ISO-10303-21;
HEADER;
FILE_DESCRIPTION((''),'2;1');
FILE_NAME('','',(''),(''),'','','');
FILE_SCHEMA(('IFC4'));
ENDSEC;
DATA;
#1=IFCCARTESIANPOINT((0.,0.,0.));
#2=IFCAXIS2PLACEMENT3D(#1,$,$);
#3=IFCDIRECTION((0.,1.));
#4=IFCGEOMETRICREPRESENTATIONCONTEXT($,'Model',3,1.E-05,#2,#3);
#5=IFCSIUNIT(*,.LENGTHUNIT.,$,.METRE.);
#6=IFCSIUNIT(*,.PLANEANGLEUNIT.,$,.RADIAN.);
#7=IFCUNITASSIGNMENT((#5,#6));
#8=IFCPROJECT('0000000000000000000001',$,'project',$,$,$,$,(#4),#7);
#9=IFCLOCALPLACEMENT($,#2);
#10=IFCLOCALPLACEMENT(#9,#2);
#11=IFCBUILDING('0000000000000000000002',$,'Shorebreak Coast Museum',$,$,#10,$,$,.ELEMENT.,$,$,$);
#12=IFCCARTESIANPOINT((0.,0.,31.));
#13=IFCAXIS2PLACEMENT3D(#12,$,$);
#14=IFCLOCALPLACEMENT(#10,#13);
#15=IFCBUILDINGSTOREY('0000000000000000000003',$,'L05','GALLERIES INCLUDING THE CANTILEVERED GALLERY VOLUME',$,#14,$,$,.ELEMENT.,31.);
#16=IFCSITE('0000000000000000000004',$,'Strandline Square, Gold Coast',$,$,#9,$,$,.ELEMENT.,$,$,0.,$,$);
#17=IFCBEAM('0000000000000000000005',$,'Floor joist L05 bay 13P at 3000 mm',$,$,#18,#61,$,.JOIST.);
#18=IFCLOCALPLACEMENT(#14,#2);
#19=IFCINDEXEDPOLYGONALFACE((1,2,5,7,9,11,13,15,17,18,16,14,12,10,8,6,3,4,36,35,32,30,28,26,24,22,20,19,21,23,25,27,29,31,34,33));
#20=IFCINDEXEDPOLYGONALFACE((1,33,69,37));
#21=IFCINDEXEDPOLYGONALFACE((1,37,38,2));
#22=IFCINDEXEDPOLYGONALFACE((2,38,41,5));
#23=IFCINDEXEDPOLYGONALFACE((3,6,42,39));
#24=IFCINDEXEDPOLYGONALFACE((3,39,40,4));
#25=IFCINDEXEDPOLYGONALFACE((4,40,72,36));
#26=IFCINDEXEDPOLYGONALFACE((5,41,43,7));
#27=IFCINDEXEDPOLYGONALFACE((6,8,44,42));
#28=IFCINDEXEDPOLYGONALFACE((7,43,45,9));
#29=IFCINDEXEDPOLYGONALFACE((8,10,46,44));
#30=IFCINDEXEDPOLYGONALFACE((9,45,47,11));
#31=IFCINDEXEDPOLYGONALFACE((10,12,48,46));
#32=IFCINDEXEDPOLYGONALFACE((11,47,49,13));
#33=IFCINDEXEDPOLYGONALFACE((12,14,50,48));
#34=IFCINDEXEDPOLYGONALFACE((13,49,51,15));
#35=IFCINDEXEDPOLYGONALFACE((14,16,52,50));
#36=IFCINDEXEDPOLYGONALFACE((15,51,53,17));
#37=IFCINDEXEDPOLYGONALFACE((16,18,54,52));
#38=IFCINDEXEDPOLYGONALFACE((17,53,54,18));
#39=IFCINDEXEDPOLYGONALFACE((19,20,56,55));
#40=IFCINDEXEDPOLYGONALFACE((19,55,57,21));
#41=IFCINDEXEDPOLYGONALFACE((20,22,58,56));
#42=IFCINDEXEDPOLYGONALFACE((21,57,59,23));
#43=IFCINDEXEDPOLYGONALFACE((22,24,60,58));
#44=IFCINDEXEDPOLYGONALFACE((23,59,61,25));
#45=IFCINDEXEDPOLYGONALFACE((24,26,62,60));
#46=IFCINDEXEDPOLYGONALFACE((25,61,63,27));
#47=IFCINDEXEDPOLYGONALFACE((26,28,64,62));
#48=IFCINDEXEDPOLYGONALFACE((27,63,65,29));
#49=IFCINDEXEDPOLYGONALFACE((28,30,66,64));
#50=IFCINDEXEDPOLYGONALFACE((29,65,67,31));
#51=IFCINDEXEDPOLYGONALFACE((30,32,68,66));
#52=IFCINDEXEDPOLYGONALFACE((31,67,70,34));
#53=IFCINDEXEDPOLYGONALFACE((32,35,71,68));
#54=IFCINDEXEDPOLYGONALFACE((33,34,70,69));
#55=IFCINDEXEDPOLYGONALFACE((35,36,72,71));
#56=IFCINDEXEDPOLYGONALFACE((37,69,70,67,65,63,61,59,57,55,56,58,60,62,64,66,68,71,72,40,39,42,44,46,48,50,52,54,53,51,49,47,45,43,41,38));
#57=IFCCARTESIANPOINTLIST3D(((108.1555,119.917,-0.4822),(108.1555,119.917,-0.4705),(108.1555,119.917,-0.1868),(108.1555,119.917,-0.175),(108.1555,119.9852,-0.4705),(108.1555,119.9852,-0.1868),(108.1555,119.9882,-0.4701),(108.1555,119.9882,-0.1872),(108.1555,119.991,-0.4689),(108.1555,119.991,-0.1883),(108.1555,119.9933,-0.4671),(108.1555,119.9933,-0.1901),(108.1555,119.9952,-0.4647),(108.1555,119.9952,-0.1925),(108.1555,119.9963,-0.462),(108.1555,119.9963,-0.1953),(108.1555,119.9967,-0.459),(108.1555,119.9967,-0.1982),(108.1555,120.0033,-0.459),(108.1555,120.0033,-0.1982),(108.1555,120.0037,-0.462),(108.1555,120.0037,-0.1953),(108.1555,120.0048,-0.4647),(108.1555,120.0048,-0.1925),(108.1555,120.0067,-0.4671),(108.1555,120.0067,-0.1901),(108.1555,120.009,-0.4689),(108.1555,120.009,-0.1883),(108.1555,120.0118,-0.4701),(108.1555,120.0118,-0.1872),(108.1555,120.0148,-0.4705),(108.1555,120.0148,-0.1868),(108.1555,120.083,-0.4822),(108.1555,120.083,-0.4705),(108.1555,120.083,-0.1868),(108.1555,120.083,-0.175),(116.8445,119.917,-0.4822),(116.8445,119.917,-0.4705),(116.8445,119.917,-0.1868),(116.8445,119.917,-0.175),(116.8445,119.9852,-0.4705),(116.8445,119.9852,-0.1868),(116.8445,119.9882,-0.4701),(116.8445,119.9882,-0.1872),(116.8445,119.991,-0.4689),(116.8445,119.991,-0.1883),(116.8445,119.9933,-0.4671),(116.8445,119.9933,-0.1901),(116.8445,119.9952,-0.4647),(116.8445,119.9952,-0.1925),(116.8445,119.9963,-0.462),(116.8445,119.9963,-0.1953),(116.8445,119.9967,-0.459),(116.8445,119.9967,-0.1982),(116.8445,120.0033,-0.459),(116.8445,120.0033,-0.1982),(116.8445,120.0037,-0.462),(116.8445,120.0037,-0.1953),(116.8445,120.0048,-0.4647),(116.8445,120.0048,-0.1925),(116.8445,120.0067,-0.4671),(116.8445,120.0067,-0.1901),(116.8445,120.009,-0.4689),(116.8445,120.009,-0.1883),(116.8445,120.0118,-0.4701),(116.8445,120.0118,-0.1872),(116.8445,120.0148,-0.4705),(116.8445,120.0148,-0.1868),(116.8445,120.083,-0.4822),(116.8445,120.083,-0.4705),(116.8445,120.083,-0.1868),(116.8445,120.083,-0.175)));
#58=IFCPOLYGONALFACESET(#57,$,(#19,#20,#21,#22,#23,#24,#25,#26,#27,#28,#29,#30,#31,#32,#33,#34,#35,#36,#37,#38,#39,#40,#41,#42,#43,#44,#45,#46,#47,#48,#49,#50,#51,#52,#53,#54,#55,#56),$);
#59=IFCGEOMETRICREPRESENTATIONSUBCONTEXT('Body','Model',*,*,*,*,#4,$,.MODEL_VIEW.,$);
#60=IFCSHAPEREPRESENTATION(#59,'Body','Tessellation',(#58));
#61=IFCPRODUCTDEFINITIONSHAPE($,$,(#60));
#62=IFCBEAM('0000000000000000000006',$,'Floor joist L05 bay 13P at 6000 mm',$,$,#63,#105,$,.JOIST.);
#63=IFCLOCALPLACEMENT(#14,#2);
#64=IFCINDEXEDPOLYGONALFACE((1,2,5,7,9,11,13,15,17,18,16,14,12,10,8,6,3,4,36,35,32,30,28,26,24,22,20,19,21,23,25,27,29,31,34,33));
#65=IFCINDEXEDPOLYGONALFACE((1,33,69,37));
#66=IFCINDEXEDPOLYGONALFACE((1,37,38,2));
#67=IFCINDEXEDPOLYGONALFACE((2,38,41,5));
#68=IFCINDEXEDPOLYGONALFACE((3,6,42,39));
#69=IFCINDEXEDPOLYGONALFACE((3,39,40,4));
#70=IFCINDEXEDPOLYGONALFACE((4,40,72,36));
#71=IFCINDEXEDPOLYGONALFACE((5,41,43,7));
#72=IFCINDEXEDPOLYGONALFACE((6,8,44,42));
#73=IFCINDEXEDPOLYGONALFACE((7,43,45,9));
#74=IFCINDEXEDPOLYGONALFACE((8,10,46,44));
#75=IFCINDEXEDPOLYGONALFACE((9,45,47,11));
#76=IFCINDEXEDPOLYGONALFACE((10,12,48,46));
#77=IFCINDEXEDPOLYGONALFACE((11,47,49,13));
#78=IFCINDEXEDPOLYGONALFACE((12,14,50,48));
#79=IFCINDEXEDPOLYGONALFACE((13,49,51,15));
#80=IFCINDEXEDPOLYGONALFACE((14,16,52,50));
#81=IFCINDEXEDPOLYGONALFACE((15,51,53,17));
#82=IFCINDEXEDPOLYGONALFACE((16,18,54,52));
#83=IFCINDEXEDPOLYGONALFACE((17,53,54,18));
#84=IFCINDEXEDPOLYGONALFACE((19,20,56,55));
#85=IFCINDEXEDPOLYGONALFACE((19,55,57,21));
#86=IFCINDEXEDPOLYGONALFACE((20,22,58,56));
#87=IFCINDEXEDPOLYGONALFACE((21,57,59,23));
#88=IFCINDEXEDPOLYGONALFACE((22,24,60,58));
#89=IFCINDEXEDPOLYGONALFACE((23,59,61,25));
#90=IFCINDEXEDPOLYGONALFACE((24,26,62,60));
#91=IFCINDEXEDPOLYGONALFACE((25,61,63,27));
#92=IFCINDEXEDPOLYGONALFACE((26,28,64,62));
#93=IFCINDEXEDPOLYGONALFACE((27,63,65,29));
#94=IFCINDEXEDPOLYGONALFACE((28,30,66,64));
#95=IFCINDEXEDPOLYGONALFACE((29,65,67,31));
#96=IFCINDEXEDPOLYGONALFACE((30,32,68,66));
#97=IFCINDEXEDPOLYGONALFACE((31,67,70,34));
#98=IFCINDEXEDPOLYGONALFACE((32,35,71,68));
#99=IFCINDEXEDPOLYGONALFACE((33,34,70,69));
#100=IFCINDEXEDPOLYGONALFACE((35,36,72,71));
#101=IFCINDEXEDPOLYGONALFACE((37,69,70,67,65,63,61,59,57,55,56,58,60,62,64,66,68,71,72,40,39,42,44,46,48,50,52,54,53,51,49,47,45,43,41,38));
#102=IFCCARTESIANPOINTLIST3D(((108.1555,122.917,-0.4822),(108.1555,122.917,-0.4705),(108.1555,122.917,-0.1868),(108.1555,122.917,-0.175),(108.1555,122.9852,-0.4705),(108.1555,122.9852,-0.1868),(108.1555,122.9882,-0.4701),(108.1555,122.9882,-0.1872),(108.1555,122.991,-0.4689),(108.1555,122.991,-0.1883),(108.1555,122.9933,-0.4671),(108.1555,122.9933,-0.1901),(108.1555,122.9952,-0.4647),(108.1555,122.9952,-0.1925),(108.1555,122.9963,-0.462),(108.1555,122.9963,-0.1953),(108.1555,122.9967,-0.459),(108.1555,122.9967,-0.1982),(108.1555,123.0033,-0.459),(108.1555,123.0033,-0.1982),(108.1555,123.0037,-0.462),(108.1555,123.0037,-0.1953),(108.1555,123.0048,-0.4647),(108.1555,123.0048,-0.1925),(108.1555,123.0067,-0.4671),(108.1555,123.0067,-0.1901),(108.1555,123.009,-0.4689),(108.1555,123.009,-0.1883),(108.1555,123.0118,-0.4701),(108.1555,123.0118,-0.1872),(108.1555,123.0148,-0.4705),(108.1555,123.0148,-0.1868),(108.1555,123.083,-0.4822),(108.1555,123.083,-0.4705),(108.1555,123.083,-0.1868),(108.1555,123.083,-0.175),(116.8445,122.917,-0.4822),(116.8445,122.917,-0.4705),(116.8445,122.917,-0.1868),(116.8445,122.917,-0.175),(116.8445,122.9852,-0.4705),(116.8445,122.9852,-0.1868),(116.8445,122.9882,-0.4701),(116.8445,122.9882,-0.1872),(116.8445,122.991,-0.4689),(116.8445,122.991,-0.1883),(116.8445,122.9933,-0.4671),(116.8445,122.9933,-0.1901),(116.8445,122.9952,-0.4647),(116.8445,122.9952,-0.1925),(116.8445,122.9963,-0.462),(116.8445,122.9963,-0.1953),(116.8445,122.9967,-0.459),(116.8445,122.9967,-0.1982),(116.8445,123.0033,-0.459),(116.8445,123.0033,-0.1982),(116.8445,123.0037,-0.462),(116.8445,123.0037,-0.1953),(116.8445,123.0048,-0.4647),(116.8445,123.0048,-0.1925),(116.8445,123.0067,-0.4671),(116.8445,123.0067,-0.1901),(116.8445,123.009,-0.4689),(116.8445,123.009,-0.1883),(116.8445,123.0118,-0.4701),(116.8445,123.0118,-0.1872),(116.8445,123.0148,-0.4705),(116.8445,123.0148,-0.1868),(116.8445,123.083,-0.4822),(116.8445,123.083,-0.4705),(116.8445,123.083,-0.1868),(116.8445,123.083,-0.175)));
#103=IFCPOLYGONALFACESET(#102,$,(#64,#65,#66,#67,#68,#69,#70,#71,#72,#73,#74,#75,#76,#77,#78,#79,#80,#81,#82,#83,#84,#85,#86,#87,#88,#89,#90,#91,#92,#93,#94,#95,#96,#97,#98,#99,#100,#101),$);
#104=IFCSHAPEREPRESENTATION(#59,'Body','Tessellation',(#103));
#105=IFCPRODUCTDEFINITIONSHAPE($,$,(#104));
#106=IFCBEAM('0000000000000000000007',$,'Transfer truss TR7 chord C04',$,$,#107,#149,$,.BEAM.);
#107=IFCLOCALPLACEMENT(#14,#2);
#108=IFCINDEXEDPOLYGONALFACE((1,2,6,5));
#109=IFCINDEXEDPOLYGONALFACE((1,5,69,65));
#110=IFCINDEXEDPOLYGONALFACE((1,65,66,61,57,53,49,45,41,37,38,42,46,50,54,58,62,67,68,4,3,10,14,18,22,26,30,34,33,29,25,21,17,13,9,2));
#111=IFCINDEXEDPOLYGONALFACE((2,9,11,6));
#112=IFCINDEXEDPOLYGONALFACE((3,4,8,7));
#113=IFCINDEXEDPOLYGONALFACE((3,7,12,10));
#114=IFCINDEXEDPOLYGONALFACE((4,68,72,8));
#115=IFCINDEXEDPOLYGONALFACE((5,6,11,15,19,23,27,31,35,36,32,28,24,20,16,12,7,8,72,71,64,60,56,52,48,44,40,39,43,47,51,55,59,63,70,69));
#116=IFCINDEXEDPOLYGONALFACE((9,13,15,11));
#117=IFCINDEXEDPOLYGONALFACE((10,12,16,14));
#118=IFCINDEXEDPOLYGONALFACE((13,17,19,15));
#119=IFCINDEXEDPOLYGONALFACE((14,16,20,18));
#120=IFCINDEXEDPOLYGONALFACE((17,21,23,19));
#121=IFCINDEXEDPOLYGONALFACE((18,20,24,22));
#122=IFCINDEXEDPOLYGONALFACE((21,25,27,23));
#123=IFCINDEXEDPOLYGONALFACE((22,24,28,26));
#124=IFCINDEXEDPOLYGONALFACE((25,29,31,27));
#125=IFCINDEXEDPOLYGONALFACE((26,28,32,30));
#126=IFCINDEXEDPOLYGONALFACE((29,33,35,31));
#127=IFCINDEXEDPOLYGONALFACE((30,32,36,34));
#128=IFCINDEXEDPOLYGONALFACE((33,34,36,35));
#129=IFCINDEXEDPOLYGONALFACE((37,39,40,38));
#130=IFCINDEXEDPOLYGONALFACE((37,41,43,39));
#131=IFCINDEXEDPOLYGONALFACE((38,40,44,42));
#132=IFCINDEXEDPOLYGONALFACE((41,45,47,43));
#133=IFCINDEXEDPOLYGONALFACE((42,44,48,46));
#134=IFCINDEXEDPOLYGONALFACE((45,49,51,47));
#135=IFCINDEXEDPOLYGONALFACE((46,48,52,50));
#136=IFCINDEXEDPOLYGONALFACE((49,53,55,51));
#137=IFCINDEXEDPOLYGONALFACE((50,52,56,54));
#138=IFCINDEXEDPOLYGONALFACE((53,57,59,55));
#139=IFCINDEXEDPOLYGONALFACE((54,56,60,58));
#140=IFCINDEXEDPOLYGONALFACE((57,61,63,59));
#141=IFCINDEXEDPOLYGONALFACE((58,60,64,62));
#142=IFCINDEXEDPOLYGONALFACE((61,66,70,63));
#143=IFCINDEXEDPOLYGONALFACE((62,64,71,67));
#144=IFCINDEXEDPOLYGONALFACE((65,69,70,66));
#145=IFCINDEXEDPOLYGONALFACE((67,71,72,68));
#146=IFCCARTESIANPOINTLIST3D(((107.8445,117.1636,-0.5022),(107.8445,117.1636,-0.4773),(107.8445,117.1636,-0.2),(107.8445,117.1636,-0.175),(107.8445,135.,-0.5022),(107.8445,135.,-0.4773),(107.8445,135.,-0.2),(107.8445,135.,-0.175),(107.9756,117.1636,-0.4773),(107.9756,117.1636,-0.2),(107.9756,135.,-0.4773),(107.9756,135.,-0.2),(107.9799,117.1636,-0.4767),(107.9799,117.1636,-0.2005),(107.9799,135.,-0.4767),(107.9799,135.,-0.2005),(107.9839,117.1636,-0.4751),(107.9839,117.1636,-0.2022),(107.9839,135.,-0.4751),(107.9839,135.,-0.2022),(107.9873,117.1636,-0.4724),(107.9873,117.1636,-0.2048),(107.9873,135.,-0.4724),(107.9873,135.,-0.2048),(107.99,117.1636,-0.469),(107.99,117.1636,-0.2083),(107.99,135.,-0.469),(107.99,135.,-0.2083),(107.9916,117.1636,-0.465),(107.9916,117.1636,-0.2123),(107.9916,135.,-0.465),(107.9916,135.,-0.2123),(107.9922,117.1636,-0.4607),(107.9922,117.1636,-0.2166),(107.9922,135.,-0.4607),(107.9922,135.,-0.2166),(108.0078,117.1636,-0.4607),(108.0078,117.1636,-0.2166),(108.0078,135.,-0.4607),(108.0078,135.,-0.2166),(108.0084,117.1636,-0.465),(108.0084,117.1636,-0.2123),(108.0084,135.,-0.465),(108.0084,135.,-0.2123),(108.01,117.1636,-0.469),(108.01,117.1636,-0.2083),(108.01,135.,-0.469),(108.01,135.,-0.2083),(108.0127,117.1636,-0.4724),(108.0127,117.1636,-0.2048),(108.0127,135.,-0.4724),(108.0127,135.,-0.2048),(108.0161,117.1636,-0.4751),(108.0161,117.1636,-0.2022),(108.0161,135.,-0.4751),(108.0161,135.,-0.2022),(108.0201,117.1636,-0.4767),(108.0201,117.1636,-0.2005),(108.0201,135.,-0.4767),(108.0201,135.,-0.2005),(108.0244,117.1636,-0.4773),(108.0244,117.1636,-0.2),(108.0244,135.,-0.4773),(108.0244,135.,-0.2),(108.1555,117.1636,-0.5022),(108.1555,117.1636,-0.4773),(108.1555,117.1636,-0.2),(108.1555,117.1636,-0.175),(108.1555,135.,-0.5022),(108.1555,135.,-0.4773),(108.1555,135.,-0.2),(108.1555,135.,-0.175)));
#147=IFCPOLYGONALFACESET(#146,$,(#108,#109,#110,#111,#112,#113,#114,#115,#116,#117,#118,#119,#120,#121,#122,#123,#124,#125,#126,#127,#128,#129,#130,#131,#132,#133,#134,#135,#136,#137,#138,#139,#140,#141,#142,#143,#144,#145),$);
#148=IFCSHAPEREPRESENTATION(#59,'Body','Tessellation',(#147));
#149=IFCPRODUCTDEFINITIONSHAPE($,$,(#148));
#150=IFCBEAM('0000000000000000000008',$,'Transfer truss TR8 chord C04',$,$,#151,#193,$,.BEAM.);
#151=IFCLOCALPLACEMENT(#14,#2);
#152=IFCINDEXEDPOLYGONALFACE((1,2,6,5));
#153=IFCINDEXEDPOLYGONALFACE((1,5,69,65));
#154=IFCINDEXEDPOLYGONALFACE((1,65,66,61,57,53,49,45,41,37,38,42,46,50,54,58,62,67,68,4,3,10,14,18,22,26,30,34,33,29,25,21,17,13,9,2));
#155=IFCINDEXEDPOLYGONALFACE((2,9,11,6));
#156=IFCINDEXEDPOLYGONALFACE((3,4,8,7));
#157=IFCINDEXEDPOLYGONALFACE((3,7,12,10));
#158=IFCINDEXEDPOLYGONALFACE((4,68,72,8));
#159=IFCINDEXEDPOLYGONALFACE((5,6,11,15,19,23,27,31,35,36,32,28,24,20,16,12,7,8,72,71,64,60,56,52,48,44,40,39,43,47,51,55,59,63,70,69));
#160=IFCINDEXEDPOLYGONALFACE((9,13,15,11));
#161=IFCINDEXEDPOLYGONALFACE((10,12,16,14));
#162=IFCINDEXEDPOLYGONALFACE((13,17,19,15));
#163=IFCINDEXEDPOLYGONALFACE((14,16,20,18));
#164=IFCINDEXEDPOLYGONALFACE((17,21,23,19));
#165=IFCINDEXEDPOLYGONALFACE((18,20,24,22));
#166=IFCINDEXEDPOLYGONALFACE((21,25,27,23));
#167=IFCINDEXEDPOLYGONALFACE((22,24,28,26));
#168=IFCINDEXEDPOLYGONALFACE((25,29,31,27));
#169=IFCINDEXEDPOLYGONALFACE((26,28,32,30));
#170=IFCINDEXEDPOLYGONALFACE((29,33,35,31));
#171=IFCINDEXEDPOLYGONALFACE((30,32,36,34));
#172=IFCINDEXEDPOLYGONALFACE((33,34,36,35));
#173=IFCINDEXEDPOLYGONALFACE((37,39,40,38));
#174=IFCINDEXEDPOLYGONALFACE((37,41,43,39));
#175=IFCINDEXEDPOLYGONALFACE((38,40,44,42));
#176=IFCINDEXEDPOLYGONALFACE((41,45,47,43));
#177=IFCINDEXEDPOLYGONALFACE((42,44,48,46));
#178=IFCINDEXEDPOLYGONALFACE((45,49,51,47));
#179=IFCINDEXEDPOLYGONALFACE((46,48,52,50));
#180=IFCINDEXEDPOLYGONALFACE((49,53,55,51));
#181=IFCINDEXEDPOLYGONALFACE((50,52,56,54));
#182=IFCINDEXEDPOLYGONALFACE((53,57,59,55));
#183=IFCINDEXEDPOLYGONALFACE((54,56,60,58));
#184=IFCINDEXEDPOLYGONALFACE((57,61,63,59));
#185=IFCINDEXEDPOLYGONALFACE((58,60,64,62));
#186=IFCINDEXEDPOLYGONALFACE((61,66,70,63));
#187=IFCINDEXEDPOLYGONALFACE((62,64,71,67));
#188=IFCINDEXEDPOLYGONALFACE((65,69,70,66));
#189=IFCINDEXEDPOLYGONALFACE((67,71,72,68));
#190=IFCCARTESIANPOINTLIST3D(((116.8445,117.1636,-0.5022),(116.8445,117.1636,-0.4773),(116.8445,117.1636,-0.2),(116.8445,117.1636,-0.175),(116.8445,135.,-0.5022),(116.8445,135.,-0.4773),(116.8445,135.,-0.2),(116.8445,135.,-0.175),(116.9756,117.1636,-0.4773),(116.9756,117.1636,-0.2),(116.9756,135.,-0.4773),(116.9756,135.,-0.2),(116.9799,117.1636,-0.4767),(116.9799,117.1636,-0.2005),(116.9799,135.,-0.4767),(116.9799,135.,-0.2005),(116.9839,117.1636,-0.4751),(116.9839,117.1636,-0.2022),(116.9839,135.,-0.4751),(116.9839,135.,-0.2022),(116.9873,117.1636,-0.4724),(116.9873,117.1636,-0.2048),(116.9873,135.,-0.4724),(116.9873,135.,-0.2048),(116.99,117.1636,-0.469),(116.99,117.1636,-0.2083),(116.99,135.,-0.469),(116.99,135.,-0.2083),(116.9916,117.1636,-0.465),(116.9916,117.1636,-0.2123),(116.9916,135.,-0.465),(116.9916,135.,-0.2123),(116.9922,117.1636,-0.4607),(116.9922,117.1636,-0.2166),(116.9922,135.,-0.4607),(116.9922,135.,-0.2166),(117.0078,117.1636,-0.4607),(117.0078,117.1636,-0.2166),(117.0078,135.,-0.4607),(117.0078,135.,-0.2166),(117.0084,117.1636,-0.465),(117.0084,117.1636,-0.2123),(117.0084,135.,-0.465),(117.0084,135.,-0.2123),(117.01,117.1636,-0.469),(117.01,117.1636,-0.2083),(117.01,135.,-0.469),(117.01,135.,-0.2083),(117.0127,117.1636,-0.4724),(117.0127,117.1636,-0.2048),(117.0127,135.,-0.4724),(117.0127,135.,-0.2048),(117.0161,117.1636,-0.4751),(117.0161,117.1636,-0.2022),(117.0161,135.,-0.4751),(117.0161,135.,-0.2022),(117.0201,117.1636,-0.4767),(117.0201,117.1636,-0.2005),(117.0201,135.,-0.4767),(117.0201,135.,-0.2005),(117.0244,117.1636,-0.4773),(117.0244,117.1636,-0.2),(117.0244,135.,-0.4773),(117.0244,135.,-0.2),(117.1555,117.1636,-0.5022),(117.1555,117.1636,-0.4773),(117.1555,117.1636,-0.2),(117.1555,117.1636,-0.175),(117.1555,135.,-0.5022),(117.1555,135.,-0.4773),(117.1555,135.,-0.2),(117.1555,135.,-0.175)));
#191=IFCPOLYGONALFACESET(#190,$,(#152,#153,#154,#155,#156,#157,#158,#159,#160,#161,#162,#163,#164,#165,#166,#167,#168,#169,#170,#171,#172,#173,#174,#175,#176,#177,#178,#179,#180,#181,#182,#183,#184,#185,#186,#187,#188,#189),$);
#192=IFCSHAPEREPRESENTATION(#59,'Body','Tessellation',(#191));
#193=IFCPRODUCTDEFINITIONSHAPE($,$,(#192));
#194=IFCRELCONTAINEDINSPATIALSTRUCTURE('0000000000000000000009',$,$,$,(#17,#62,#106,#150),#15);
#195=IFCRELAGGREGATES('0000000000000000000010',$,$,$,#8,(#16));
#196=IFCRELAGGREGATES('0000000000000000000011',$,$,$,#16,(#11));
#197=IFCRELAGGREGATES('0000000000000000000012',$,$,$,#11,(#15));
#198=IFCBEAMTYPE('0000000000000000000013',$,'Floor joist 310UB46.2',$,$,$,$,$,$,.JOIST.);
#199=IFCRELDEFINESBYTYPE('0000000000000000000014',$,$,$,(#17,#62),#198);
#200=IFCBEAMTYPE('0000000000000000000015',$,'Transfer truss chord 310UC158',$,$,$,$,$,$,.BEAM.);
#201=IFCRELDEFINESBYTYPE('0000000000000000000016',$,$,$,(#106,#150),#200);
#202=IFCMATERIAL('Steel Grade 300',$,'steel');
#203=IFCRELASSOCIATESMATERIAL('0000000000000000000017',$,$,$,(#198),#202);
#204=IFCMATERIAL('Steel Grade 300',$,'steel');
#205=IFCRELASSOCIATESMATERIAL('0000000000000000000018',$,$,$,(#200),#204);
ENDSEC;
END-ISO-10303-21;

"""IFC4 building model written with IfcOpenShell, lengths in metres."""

from ifc_helpers import new_model, si_unit, direction, frame, origin, origin_2d, place, context, subcontext, project, spatial, i_section, extrude, material, material_profile, profile_set, type_object, element, save


model = new_model("IFC4")

# Units and contexts
model_context = context("Model", 3, precision=1e-05, world=origin(), true_north=direction((0.0, 1.0)))
body_context = subcontext(model_context, "Body", "Model", "MODEL_VIEW")
ifc_project = project(units=[si_unit("LENGTHUNIT", "METRE"), si_unit("PLANEANGLEUNIT", "RADIAN")], contexts=[model_context])

# Site, building, storey
site_placement = place(None, origin())
site = spatial("IfcSite", under=ifc_project, at=site_placement, Name="Strandline Square, Gold Coast", CompositionType="ELEMENT", RefElevation=0.0)
building_placement = place(site_placement, origin())
building = spatial("IfcBuilding", under=site, at=building_placement, Name="Shorebreak Coast Museum", CompositionType="ELEMENT")
storey_placement = place(building_placement, frame((0.0, 0.0, 31.0)))
storey = spatial("IfcBuildingStorey", under=building, at=storey_placement, Name="L05", Description="GALLERIES INCLUDING THE CANTILEVERED GALLERY VOLUME", CompositionType="ELEMENT", Elevation=31.0)

# Beams
ifc_material_1 = material(Name="Steel Grade 300", Category="steel")
ifc_material_profile_1 = material_profile(ifc_material_1, i_section(OverallWidth=0.166, OverallDepth=0.3071, WebThickness=0.0066, FlangeThickness=0.0117, FilletRadius=0.0115, at=origin_2d()), Name="310UB46.2")
ifc_profile_set_1 = profile_set([ifc_material_profile_1], Name="Steel Grade 300")
beam_type_1 = type_object("IfcBeamType", Name="Floor joist 310UB46.2", PredefinedType="JOIST", material=ifc_profile_set_1)
for number, where, z_axis, x_axis, name in (
    (1, (108.1555, 120.0, -0.3286), (1.0, 0.0, 0.0), (0.0, 1.0, 0.0), "Floor joist L05 bay 13P at 3000 mm"),
    (2, (108.1555, 123.0, -0.3286), (1.0, 0.0, 0.0), (0.0, 1.0, 0.0), "Floor joist L05 bay 13P at 6000 mm"),
):
    element("IfcBeam", number, at=place(storey_placement, frame(where, z_axis=z_axis, x_axis=x_axis)), inside=storey, type_object=beam_type_1, Name=name, PredefinedType="JOIST", context=body_context, shape_type="SweptSolid", body=[
        extrude(i_section(OverallWidth=0.166, OverallDepth=0.3071, WebThickness=0.0066, FlangeThickness=0.0117, FilletRadius=0.0115, at=origin_2d()), origin(), (0.0, 0.0, 1.0), 8.689),
    ])
ifc_material_2 = material(Name="Steel Grade 300", Category="steel")
ifc_material_profile_2 = material_profile(ifc_material_2, i_section(OverallWidth=0.311, OverallDepth=0.3271, WebThickness=0.0156, FlangeThickness=0.0249, FilletRadius=0.0166, at=origin_2d()), Name="310UC158")
ifc_profile_set_2 = profile_set([ifc_material_profile_2], Name="Steel Grade 300")
beam_type_2 = type_object("IfcBeamType", Name="Transfer truss chord 310UC158", PredefinedType="BEAM", material=ifc_profile_set_2)
for number, where, z_axis, x_axis, name in (
    (3, (108.0, 117.1636, -0.3386), (0.0, 1.0, 0.0), (-1.0, 0.0, 0.0), "Transfer truss TR7 chord C04"),
    (4, (117.0, 117.1636, -0.3386), (0.0, 1.0, 0.0), (-1.0, 0.0, 0.0), "Transfer truss TR8 chord C04"),
):
    element("IfcBeam", number, at=place(storey_placement, frame(where, z_axis=z_axis, x_axis=x_axis)), inside=storey, type_object=beam_type_2, Name=name, PredefinedType="BEAM", context=body_context, shape_type="SweptSolid", body=[
        extrude(i_section(OverallWidth=0.311, OverallDepth=0.3271, WebThickness=0.0156, FlangeThickness=0.0249, FilletRadius=0.0166, at=origin_2d()), origin(), (0.0, 0.0, 1.0), 17.8364),
    ])

save(model, "model.ifc")
